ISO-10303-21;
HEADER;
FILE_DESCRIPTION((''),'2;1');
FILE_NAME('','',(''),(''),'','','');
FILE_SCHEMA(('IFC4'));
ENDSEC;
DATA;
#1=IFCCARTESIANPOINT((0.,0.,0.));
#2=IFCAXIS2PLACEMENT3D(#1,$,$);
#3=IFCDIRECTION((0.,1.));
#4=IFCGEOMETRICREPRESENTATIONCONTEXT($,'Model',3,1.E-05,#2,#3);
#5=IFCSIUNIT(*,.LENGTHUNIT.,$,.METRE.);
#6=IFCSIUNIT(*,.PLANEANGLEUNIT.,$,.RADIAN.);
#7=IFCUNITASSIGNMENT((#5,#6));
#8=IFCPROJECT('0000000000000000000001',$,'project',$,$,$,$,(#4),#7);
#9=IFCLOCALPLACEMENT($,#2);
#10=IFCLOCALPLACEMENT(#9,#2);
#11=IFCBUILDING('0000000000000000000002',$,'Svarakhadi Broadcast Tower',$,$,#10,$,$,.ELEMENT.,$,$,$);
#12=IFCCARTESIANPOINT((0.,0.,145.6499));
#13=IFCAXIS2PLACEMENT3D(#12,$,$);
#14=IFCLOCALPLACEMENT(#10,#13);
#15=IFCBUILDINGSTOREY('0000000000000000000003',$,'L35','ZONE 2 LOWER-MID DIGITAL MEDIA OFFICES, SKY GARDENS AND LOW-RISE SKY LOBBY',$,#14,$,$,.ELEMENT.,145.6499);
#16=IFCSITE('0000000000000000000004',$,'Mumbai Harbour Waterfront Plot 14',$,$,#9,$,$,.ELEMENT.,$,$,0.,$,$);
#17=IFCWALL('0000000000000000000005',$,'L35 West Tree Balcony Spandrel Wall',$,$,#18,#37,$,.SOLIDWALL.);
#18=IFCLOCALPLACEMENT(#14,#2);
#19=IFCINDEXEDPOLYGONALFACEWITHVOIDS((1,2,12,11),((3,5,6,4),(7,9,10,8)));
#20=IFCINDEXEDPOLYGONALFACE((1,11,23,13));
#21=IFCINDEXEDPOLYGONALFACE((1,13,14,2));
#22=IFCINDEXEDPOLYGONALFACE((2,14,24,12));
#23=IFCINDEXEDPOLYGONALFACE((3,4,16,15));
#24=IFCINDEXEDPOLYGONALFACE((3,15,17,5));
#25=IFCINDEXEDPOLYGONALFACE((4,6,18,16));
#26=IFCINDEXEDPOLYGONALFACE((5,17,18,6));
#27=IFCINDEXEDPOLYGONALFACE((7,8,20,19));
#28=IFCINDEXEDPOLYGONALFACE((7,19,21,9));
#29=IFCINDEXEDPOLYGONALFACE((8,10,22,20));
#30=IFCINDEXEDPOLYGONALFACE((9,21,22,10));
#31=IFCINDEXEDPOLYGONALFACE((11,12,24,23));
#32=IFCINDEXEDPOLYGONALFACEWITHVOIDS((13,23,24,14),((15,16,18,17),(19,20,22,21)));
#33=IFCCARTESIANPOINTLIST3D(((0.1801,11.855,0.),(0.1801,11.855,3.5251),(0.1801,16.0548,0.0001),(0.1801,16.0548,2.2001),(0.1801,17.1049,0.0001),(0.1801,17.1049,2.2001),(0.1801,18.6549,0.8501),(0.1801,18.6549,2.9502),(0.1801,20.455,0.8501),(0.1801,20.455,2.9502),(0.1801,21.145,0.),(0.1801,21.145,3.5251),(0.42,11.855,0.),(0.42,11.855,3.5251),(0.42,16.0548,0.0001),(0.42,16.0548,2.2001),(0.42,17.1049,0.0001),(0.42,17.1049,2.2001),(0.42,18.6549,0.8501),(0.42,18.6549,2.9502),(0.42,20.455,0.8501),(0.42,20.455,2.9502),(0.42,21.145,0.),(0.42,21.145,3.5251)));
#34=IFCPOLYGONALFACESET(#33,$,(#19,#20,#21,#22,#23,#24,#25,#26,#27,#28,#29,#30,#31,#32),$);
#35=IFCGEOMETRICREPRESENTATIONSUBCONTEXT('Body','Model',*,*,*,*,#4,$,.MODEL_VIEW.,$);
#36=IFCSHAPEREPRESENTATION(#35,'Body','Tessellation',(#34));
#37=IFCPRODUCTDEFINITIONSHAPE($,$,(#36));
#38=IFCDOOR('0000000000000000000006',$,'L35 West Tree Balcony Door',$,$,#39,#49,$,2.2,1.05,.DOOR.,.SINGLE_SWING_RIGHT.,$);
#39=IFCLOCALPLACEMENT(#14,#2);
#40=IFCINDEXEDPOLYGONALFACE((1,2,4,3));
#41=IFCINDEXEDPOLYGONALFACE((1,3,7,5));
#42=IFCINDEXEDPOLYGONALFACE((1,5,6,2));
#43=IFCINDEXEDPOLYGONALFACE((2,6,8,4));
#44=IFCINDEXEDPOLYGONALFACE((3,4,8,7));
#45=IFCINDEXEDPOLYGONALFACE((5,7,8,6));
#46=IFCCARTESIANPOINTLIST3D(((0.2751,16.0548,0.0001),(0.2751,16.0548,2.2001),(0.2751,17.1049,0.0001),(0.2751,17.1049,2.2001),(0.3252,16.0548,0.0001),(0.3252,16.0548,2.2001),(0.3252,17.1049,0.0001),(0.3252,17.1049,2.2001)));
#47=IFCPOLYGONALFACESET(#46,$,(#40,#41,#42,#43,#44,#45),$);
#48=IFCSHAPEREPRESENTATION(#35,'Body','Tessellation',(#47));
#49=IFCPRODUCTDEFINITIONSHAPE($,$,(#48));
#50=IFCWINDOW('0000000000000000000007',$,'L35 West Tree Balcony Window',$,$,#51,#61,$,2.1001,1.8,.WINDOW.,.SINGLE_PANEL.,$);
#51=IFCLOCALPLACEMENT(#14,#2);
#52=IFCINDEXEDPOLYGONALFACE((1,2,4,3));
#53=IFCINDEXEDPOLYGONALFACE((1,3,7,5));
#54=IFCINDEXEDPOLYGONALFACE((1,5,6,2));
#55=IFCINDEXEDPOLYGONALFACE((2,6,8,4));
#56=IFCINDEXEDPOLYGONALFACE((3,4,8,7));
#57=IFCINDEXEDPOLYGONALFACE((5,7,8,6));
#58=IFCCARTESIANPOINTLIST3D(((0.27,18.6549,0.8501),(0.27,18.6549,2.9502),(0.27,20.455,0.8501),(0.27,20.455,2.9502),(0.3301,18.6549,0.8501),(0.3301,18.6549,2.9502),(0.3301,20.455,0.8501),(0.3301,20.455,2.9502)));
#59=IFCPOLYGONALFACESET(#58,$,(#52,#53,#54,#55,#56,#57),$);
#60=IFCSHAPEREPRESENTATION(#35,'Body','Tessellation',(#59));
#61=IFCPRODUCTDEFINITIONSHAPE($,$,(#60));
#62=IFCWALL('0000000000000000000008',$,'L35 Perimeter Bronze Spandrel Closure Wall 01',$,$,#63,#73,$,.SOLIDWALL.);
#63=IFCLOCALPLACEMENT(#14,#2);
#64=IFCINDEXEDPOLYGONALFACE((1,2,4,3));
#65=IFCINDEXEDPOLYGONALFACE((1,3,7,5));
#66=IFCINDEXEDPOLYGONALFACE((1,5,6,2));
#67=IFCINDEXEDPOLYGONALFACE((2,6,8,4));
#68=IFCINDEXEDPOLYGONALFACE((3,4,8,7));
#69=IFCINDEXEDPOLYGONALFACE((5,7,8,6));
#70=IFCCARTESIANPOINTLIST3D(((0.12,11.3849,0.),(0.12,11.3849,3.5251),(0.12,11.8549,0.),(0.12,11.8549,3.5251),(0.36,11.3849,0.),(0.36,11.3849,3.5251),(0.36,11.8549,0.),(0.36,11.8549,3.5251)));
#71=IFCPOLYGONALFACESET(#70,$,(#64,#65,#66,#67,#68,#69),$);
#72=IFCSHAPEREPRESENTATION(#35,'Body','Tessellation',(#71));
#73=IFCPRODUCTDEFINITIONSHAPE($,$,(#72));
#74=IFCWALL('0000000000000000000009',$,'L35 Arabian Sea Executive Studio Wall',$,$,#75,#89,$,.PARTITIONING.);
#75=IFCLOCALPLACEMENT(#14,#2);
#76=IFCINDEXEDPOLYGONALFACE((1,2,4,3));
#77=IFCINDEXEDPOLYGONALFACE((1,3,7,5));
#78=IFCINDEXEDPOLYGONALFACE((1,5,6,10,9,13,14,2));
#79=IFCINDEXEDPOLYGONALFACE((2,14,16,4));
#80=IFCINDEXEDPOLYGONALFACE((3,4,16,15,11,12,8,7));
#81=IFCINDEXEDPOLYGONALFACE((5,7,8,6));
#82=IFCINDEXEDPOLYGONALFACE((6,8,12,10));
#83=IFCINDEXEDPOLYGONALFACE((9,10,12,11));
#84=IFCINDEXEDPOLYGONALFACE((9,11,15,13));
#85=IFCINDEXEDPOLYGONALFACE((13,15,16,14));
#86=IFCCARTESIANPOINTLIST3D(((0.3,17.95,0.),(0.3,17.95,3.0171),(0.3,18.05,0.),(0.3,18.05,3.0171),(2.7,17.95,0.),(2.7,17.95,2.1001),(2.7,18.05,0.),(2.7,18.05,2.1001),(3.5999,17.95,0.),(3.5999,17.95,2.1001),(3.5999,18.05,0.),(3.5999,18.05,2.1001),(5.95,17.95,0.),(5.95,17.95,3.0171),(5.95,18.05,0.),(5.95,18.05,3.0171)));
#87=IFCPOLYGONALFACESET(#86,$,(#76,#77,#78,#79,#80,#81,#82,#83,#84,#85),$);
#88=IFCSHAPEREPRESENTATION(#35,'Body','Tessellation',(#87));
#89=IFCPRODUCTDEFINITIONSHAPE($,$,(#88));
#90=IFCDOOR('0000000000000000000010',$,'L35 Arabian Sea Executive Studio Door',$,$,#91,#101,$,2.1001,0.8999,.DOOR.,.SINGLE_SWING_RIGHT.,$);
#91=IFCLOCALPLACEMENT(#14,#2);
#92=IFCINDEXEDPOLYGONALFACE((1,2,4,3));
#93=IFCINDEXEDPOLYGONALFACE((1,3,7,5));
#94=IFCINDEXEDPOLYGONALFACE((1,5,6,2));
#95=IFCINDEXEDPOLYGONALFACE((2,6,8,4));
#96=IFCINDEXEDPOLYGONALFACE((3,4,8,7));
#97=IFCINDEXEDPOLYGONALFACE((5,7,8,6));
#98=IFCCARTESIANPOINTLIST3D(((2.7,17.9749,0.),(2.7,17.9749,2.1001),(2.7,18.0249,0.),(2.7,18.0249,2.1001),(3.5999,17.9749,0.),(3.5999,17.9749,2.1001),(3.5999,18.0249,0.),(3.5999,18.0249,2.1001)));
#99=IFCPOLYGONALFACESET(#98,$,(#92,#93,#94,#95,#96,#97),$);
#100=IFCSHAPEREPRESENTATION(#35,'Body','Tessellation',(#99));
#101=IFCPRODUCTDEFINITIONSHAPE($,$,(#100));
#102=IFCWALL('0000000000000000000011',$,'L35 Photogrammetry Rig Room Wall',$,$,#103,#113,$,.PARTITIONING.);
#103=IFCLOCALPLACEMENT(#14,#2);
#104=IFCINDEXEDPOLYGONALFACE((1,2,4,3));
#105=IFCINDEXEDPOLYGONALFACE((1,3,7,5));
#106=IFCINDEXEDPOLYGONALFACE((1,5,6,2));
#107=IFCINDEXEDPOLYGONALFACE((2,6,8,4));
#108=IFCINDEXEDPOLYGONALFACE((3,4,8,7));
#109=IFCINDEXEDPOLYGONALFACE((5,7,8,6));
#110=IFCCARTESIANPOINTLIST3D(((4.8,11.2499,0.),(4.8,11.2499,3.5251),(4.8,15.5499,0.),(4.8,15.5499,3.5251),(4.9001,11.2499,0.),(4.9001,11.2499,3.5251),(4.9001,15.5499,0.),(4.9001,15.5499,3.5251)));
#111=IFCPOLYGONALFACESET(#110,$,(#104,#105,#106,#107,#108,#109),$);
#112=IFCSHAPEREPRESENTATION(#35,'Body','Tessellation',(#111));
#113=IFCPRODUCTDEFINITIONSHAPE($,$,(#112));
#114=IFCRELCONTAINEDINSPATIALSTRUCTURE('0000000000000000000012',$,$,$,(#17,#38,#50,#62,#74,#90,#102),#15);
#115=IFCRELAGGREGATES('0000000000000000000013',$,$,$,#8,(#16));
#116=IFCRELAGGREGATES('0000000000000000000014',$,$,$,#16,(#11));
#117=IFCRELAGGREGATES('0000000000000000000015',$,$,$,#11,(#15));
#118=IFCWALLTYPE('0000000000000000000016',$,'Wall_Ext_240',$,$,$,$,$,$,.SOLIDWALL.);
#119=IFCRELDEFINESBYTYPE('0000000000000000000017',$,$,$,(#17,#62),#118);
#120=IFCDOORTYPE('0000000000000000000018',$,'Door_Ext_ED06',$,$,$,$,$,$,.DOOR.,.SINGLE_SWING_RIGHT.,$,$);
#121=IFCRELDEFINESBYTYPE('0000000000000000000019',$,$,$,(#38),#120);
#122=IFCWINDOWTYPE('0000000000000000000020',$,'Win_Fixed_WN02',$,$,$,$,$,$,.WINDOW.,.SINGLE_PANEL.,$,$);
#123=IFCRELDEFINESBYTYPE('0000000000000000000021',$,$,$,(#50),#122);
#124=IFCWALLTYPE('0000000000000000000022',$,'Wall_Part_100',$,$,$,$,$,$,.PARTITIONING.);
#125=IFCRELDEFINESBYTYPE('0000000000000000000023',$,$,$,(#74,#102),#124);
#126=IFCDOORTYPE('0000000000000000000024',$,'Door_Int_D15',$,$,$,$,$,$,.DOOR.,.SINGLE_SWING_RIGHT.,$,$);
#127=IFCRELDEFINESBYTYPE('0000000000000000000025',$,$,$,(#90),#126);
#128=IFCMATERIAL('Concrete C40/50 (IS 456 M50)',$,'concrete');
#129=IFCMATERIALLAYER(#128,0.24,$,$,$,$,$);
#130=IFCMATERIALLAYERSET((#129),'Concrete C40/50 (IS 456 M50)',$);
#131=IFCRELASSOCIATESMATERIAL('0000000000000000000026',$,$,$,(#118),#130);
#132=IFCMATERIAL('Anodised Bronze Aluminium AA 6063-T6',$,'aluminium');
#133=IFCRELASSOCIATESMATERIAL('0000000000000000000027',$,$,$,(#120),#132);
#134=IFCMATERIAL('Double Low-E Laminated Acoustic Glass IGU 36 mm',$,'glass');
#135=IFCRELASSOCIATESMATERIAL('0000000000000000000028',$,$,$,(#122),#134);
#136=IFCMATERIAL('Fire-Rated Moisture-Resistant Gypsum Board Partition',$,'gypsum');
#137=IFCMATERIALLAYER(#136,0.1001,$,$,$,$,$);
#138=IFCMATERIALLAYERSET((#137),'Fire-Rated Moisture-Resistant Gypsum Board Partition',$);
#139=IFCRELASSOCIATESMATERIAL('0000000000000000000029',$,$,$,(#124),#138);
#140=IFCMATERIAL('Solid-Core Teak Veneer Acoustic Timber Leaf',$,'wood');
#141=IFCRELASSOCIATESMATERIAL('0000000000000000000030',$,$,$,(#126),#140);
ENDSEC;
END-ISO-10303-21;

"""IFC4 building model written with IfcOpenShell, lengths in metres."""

from ifc_helpers import new_model, si_unit, direction, frame, frame_2d, origin, place, context, subcontext, project, spatial, rectangle, extrude, material, layer, layer_set, type_object, element, fill, save


model = new_model("IFC4")

# Units and contexts
model_context = context("Model", 3, precision=1e-05, world=origin(), true_north=direction((0.0, 1.0)))
body_context = subcontext(model_context, "Body", "Model", "MODEL_VIEW")
ifc_project = project(units=[si_unit("LENGTHUNIT", "METRE"), si_unit("PLANEANGLEUNIT", "RADIAN")], contexts=[model_context])

# Site, building, storey
site_placement = place(None, origin())
site = spatial("IfcSite", under=ifc_project, at=site_placement, Name="Mumbai Harbour Waterfront Plot 14", CompositionType="ELEMENT", RefElevation=0.0)
building_placement = place(site_placement, origin())
building = spatial("IfcBuilding", under=site, at=building_placement, Name="Svarakhadi Broadcast Tower", CompositionType="ELEMENT")
storey_placement = place(building_placement, frame((0.0, 0.0, 145.6499)))
storey = spatial("IfcBuildingStorey", under=building, at=storey_placement, Name="L35", Description="ZONE 2 LOWER-MID DIGITAL MEDIA OFFICES, SKY GARDENS AND LOW-RISE SKY LOBBY", CompositionType="ELEMENT", Elevation=145.6499)

# Shared definitions
ifc_material_1 = material(Name="Anodised Bronze Aluminium AA 6063-T6", Category="aluminium")

# Wall, openings, door, window
ifc_material_2 = material(Name="Concrete C40/50 (IS 456 M50)", Category="concrete")
ifc_layer_1 = layer(ifc_material_2, 0.24)
ifc_layer_set_1 = layer_set([ifc_layer_1], Name="Concrete C40/50 (IS 456 M50)")
wall_type_1 = type_object("IfcWallType", Name="Wall_Ext_240", PredefinedType="SOLIDWALL", material=ifc_layer_set_1)
wall_1_placement = place(storey_placement, frame((0.3, 11.855, 0.0), z_axis=(0.0, 0.0, 1.0), x_axis=(0.0, 1.0, 0.0)))
wall_1 = element("IfcWall", 1, at=wall_1_placement, inside=storey, type_object=wall_type_1, Name="L35 West Tree Balcony Spandrel Wall", PredefinedType="SOLIDWALL", context=body_context, shape_type="SweptSolid", body=[
    extrude(rectangle(XDim=9.29, YDim=0.24, at=frame_2d((4.645, 0.0))), origin(), (0.0, 0.0, 1.0), 3.5251),
])
opening_1_placement = place(wall_1_placement, frame((4.2, 0.0, 0.0)))
opening_1 = element("IfcOpeningElement", 2, at=opening_1_placement, cuts=wall_1, PredefinedType="OPENING", context=body_context, shape_type="SweptSolid", body=[
    extrude(rectangle(XDim=1.05, YDim=2.2, at=frame_2d((0.5249, 1.1001))), frame((0.0, 0.1299, 0.0), z_axis=(0.0, -1.0, 0.0), x_axis=(1.0, 0.0, 0.0)), (0.0, 0.0, 1.0), 0.26),
])
opening_2_placement = place(wall_1_placement, frame((6.8, 0.0, 0.8501)))
opening_2 = element("IfcOpeningElement", 3, at=opening_2_placement, cuts=wall_1, PredefinedType="OPENING", context=body_context, shape_type="SweptSolid", body=[
    extrude(rectangle(XDim=1.8, YDim=2.1001, at=frame_2d((0.8999, 1.05))), frame((0.0, 0.1299, 0.0), z_axis=(0.0, -1.0, 0.0), x_axis=(1.0, 0.0, 0.0)), (0.0, 0.0, 1.0), 0.26),
])
door_type_1 = type_object("IfcDoorType", Name="Door_Ext_ED06", OperationType="SINGLE_SWING_RIGHT", PredefinedType="DOOR", material=ifc_material_1)
door_1_placement = place(opening_1_placement, origin())
door_1 = element("IfcDoor", 4, at=door_1_placement, inside=storey, type_object=door_type_1, Name="L35 West Tree Balcony Door", OperationType="SINGLE_SWING_RIGHT", OverallHeight=2.2, OverallWidth=1.05, PredefinedType="DOOR", context=body_context, shape_type="SweptSolid", body=[
    extrude(rectangle(XDim=1.05, YDim=2.2, at=frame_2d((0.5249, 1.1001))), frame((0.0, 0.0249, 0.0), z_axis=(0.0, -1.0, 0.0), x_axis=(1.0, 0.0, 0.0)), (0.0, 0.0, 1.0), 0.05),
])
fill(opening_1, door_1)
ifc_material_3 = material(Name="Double Low-E Laminated Acoustic Glass IGU 36 mm", Category="glass")
window_type = type_object("IfcWindowType", Name="Win_Fixed_WN02", PartitioningType="SINGLE_PANEL", PredefinedType="WINDOW", material=ifc_material_3)
window_placement = place(opening_2_placement, origin())
window = element("IfcWindow", 5, at=window_placement, inside=storey, type_object=window_type, Name="L35 West Tree Balcony Window", OverallHeight=2.1001, OverallWidth=1.8, PartitioningType="SINGLE_PANEL", PredefinedType="WINDOW", context=body_context, shape_type="SweptSolid", body=[
    extrude(rectangle(XDim=1.8, YDim=2.1001, at=frame_2d((0.8999, 1.05))), frame((0.0, 0.03, 0.0), z_axis=(0.0, -1.0, 0.0), x_axis=(1.0, 0.0, 0.0)), (0.0, 0.0, 1.0), 0.0601),
])
fill(opening_2, window)

# Wall
wall_2_placement = place(storey_placement, frame((0.24, 11.385, 0.0), z_axis=(0.0, 0.0, 1.0), x_axis=(0.0, 1.0, 0.0)))
element("IfcWall", 6, at=wall_2_placement, inside=storey, type_object=wall_type_1, Name="L35 Perimeter Bronze Spandrel Closure Wall 01", PredefinedType="SOLIDWALL", context=body_context, shape_type="SweptSolid", body=[
    extrude(rectangle(XDim=0.47, YDim=0.24, at=frame_2d((0.2349, 0.0))), origin(), (0.0, 0.0, 1.0), 3.5251),
])

# Wall, opening, door
ifc_material_4 = material(Name="Fire-Rated Moisture-Resistant Gypsum Board Partition", Category="gypsum")
ifc_layer_2 = layer(ifc_material_4, 0.1001)
ifc_layer_set_2 = layer_set([ifc_layer_2], Name="Fire-Rated Moisture-Resistant Gypsum Board Partition")
wall_type_2 = type_object("IfcWallType", Name="Wall_Part_100", PredefinedType="PARTITIONING", material=ifc_layer_set_2)
wall_3_placement = place(storey_placement, frame((0.3, 18.0, 0.0), z_axis=(0.0, 0.0, 1.0), x_axis=(1.0, 0.0, 0.0)))
wall_3 = element("IfcWall", 7, at=wall_3_placement, inside=storey, type_object=wall_type_2, Name="L35 Arabian Sea Executive Studio Wall", PredefinedType="PARTITIONING", context=body_context, shape_type="SweptSolid", body=[
    extrude(rectangle(XDim=5.6499, YDim=0.1001, at=frame_2d((2.825, 0.0))), origin(), (0.0, 0.0, 1.0), 3.0171),
])
opening_3_placement = place(wall_3_placement, frame((2.3999, 0.0, 0.0)))
opening_3 = element("IfcOpeningElement", 8, at=opening_3_placement, cuts=wall_3, PredefinedType="OPENING", context=body_context, shape_type="SweptSolid", body=[
    extrude(rectangle(XDim=0.8999, YDim=2.1001, at=frame_2d((0.45, 1.05))), frame((0.0, 0.0601, 0.0), z_axis=(0.0, -1.0, 0.0), x_axis=(1.0, 0.0, 0.0)), (0.0, 0.0, 1.0), 0.1201),
])
ifc_material_5 = material(Name="Solid-Core Teak Veneer Acoustic Timber Leaf", Category="wood")
door_type_2 = type_object("IfcDoorType", Name="Door_Int_D15", OperationType="SINGLE_SWING_RIGHT", PredefinedType="DOOR", material=ifc_material_5)
door_2_placement = place(opening_3_placement, origin())
door_2 = element("IfcDoor", 9, at=door_2_placement, inside=storey, type_object=door_type_2, Name="L35 Arabian Sea Executive Studio Door", OperationType="SINGLE_SWING_RIGHT", OverallHeight=2.1001, OverallWidth=0.8999, PredefinedType="DOOR", context=body_context, shape_type="SweptSolid", body=[
    extrude(rectangle(XDim=0.8999, YDim=2.1001, at=frame_2d((0.45, 1.05))), frame((0.0, 0.0249, 0.0), z_axis=(0.0, -1.0, 0.0), x_axis=(1.0, 0.0, 0.0)), (0.0, 0.0, 1.0), 0.05),
])
fill(opening_3, door_2)

# Wall
wall_4_placement = place(storey_placement, frame((4.8501, 11.25, 0.0), z_axis=(0.0, 0.0, 1.0), x_axis=(0.0, 1.0, 0.0)))
element("IfcWall", 10, at=wall_4_placement, inside=storey, type_object=wall_type_2, Name="L35 Photogrammetry Rig Room Wall", PredefinedType="PARTITIONING", context=body_context, shape_type="SweptSolid", body=[
    extrude(rectangle(XDim=4.3, YDim=0.1001, at=frame_2d((2.1499, 0.0))), origin(), (0.0, 0.0, 1.0), 3.5251),
])

save(model, "model.ifc")
